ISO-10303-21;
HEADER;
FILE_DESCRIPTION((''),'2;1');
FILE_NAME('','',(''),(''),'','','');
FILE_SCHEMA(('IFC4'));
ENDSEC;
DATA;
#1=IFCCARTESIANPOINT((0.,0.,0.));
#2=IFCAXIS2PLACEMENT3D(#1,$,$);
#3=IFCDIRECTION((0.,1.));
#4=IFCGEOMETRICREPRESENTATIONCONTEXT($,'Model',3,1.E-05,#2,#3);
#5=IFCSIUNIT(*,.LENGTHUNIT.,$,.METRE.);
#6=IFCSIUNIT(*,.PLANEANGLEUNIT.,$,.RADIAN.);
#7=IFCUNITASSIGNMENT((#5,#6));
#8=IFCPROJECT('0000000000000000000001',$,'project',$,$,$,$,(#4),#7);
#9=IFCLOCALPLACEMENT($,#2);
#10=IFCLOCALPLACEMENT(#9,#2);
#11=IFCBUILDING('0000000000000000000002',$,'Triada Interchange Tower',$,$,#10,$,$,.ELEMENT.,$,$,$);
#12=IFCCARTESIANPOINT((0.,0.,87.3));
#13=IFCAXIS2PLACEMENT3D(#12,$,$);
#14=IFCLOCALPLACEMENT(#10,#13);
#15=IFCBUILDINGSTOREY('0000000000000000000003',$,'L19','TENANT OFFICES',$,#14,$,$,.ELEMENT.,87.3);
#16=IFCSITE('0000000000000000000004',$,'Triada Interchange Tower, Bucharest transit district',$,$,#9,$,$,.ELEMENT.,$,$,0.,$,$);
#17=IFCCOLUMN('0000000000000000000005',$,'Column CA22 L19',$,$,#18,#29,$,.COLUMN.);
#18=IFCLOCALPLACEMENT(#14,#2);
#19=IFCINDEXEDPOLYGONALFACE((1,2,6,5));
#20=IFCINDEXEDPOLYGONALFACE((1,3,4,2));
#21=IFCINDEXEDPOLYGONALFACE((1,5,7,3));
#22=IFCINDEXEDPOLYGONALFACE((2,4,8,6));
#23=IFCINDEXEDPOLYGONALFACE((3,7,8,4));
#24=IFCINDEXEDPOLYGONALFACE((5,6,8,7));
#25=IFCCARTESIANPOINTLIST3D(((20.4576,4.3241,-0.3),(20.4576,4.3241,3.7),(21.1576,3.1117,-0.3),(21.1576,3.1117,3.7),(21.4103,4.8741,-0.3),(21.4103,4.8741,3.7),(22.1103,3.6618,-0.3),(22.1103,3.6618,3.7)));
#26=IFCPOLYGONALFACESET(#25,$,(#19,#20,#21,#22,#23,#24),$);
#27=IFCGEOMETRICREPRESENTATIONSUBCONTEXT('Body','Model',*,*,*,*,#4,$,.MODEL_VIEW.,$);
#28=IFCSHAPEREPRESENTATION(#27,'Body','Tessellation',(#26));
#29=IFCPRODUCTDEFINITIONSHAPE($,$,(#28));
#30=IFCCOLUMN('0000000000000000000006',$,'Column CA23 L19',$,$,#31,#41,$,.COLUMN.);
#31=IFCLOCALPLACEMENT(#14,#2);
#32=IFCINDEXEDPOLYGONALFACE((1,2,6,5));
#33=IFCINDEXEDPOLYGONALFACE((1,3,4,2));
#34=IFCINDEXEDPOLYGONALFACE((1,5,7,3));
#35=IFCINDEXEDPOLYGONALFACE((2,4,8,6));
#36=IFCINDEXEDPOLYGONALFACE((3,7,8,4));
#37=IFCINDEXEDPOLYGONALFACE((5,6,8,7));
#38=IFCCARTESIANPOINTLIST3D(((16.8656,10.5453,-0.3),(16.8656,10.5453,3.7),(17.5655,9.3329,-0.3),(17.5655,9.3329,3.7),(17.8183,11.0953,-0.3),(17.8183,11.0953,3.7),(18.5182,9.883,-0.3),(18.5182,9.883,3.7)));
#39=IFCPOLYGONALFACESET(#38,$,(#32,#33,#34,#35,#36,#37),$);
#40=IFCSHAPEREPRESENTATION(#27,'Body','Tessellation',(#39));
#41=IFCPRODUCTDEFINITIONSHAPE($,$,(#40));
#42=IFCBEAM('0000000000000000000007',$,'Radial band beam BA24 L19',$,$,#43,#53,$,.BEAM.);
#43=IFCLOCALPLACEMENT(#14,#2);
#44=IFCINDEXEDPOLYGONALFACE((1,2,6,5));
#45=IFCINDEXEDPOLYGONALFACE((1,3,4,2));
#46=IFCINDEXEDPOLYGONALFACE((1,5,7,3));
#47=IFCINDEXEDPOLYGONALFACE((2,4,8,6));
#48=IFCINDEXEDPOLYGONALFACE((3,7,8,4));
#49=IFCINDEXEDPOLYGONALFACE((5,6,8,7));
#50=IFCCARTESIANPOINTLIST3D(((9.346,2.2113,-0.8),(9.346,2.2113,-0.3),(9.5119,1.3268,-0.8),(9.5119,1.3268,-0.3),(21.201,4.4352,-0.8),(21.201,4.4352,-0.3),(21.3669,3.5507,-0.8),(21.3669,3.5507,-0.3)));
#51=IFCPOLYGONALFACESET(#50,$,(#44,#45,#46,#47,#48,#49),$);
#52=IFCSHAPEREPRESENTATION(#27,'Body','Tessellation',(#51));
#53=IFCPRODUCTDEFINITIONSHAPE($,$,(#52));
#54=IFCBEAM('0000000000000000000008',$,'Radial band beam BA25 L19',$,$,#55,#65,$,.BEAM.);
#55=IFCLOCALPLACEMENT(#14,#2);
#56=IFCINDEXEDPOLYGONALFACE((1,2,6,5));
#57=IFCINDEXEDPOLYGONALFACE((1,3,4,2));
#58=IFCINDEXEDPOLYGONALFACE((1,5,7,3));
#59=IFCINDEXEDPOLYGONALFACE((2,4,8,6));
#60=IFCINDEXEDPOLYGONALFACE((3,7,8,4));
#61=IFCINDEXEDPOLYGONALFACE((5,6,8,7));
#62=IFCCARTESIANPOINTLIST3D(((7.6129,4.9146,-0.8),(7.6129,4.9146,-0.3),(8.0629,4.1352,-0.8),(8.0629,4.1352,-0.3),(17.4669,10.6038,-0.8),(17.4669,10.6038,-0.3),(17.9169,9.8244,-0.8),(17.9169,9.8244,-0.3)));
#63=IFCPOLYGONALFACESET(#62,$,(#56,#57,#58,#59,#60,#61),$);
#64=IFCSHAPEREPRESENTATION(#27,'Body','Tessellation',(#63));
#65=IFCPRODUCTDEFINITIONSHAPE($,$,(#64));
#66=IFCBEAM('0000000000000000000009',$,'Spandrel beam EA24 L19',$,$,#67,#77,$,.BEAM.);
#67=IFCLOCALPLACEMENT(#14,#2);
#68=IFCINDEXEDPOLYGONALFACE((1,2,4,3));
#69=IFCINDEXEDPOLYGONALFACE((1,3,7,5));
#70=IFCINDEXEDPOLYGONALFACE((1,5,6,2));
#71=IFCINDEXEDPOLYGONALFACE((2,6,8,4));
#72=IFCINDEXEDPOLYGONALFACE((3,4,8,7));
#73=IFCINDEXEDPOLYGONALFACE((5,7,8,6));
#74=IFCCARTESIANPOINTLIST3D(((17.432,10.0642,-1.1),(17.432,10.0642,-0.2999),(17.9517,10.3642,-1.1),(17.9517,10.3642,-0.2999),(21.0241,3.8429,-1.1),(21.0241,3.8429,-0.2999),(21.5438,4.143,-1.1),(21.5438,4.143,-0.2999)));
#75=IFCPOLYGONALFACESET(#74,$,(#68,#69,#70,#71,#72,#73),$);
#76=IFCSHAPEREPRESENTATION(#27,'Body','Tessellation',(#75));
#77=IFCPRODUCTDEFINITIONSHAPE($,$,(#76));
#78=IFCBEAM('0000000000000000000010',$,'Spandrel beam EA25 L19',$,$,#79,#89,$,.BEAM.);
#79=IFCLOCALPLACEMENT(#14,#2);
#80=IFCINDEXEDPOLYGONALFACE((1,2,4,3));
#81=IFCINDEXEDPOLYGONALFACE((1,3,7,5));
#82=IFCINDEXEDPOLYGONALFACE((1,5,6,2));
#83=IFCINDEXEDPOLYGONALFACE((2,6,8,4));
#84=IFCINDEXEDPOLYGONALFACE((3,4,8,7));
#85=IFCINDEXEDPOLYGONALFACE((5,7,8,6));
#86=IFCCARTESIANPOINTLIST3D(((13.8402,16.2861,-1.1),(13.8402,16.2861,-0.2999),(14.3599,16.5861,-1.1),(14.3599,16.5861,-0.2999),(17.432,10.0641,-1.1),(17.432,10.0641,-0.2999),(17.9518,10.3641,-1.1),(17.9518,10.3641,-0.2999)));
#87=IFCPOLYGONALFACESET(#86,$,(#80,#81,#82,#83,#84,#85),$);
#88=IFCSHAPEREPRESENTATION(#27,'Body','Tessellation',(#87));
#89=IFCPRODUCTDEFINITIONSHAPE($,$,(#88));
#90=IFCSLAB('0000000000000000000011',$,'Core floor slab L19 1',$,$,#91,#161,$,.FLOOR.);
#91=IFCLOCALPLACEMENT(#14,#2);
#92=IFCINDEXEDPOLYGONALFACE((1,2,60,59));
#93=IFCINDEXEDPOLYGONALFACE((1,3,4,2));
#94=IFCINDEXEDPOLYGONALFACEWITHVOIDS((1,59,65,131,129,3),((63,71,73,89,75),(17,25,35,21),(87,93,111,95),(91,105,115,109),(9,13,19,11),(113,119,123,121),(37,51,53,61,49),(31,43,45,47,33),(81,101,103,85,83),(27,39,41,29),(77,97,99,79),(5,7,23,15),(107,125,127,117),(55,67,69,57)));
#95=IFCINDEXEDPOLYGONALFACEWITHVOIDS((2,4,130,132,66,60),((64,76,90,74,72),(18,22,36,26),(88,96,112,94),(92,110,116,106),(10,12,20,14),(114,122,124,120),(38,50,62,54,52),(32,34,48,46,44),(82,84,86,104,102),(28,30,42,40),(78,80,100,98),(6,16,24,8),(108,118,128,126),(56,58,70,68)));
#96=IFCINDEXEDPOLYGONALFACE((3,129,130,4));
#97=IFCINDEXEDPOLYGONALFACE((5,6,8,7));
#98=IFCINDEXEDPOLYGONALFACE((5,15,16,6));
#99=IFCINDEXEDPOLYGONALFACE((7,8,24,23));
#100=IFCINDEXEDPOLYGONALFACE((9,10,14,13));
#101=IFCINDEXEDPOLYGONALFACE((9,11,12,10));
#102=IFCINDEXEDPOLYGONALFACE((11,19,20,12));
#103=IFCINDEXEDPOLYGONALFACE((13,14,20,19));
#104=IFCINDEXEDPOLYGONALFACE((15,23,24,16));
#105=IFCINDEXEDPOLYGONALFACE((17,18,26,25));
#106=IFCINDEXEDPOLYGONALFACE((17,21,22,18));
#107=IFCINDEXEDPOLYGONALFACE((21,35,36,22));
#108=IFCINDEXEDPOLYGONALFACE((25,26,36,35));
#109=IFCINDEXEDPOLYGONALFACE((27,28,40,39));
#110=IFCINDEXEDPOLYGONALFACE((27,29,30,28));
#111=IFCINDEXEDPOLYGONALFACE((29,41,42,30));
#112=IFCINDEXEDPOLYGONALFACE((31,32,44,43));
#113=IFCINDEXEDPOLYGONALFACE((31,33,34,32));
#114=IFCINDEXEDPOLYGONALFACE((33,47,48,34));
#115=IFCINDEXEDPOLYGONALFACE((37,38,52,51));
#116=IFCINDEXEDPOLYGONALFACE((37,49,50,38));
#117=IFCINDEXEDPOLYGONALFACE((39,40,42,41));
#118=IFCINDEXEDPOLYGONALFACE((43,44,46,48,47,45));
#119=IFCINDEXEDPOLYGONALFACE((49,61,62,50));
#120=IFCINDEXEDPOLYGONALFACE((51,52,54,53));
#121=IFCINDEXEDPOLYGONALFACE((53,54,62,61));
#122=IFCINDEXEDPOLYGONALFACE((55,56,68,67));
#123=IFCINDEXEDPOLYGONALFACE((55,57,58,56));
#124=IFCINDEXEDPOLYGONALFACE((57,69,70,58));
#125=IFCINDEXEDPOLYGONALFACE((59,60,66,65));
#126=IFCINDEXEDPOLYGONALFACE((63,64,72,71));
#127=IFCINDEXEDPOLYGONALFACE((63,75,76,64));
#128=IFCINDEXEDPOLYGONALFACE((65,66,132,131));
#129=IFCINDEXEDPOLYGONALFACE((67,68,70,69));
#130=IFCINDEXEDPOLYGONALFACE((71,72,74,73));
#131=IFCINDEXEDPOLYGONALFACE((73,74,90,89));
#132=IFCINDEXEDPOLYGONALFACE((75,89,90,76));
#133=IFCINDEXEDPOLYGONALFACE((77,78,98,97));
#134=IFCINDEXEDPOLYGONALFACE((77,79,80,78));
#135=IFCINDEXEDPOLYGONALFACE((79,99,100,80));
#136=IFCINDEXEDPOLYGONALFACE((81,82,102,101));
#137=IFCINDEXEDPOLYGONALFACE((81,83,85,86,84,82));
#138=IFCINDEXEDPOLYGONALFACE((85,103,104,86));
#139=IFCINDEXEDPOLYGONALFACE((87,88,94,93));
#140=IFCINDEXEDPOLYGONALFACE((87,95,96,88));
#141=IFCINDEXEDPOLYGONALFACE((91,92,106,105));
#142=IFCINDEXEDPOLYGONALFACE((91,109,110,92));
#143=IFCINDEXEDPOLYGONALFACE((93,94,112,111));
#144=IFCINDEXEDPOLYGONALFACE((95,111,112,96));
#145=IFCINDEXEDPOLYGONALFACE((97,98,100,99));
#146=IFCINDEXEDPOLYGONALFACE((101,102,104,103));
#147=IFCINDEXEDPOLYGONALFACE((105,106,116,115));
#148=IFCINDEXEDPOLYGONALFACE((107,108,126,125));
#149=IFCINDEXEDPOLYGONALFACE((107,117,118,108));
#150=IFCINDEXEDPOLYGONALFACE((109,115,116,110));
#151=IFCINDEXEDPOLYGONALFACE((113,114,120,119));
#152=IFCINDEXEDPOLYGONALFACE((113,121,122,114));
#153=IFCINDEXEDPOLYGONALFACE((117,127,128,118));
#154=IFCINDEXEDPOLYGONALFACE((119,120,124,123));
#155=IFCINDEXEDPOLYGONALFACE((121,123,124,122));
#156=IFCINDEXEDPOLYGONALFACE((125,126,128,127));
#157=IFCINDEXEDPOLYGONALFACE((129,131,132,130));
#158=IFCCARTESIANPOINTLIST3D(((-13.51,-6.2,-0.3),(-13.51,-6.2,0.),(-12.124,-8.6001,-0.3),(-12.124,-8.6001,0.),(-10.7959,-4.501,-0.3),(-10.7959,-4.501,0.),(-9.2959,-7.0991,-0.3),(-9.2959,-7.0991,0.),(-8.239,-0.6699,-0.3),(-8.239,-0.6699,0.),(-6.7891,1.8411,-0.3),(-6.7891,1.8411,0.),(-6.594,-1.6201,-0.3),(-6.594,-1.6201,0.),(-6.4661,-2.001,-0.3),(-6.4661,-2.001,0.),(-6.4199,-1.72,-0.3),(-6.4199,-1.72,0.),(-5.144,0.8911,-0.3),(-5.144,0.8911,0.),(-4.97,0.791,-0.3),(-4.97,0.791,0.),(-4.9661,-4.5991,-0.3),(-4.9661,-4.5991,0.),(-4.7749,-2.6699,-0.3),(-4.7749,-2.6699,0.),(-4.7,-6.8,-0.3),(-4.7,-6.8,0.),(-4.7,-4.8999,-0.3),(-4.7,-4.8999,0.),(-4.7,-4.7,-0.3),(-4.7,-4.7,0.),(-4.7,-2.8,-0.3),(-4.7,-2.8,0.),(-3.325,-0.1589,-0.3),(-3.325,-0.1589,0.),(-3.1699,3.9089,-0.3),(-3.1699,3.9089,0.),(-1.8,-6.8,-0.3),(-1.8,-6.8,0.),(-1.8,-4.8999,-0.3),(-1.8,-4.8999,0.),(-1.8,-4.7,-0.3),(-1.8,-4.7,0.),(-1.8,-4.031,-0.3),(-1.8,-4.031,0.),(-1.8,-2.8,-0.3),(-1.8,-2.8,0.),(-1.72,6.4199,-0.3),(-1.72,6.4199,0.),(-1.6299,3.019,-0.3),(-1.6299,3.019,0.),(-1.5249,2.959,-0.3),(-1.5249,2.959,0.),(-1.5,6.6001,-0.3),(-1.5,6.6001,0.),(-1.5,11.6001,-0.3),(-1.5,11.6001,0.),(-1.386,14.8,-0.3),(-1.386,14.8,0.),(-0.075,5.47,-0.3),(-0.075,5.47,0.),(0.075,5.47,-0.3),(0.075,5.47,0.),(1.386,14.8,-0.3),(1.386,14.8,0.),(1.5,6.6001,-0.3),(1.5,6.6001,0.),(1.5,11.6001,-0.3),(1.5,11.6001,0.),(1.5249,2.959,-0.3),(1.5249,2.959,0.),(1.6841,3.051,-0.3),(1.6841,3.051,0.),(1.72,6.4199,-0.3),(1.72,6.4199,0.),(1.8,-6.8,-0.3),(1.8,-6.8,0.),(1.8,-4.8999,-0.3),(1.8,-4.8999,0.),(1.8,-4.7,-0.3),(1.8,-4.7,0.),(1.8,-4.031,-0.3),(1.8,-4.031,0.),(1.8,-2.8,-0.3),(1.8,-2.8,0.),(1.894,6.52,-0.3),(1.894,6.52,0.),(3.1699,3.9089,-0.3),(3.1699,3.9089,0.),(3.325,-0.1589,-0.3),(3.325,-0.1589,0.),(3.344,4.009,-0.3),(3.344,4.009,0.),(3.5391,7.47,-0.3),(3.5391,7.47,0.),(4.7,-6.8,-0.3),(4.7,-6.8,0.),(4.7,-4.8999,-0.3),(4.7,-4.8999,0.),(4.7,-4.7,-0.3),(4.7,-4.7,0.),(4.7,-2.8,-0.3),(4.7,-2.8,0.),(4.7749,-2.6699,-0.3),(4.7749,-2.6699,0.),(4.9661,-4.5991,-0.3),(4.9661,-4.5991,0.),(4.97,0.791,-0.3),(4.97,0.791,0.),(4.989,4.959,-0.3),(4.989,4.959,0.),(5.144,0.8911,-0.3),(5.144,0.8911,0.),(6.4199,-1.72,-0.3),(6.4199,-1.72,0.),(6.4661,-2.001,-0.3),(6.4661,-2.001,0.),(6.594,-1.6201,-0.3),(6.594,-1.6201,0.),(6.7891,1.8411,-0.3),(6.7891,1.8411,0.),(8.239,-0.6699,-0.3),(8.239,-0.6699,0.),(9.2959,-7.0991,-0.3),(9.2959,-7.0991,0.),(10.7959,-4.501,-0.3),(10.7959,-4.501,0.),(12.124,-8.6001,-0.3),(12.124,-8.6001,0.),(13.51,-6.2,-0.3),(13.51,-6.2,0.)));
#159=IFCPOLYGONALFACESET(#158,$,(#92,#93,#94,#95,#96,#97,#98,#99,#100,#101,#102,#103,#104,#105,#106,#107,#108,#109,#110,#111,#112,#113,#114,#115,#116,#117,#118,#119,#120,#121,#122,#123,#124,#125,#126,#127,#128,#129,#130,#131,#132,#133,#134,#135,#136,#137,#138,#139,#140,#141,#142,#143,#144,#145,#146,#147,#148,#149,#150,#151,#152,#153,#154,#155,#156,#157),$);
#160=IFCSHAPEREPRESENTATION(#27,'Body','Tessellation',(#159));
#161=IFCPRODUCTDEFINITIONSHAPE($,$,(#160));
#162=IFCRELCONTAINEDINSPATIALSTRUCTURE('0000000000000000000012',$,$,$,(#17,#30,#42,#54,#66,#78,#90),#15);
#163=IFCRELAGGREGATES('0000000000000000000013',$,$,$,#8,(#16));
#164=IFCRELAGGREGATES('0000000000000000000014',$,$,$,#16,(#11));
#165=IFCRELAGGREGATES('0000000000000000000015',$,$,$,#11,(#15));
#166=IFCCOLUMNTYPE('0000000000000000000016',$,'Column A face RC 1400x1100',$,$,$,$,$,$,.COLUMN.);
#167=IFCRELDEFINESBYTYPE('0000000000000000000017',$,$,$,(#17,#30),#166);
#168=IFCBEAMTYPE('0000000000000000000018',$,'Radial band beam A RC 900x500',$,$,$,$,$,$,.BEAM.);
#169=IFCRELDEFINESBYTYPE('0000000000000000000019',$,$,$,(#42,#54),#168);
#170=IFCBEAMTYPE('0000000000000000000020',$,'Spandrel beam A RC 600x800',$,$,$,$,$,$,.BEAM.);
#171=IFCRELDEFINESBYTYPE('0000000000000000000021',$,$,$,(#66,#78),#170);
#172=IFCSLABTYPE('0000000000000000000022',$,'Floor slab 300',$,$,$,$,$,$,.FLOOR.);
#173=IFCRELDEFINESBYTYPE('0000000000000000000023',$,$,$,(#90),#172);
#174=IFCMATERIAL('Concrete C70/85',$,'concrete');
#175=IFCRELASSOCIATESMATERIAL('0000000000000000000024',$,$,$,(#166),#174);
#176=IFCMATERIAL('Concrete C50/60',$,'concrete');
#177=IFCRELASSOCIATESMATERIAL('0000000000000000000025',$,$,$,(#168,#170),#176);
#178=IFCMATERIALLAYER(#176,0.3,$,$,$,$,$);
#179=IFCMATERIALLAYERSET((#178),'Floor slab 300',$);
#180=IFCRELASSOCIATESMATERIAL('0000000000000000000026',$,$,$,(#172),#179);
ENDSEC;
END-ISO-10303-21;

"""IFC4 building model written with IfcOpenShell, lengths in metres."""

from ifc_helpers import new_model, si_unit, direction, frame, origin, origin_2d, place, context, subcontext, project, spatial, polyline, rectangle, outline, extrude, material, layer, layer_set, material_profile, profile_set, type_object, element, save


model = new_model("IFC4")

# Units and contexts
model_context = context("Model", 3, precision=1e-05, world=origin(), true_north=direction((0.0, 1.0)))
body_context = subcontext(model_context, "Body", "Model", "MODEL_VIEW")
ifc_project = project(units=[si_unit("LENGTHUNIT", "METRE"), si_unit("PLANEANGLEUNIT", "RADIAN")], contexts=[model_context])

# Site, building, storey
site_placement = place(None, origin())
site = spatial("IfcSite", under=ifc_project, at=site_placement, Name="Triada Interchange Tower, Bucharest transit district", CompositionType="ELEMENT", RefElevation=0.0)
building_placement = place(site_placement, origin())
building = spatial("IfcBuilding", under=site, at=building_placement, Name="Triada Interchange Tower", CompositionType="ELEMENT")
storey_placement = place(building_placement, frame((0.0, 0.0, 87.3)))
storey = spatial("IfcBuildingStorey", under=building, at=storey_placement, Name="L19", Description="TENANT OFFICES", CompositionType="ELEMENT", Elevation=87.3)

# Columns
ifc_material_1 = material(Name="Concrete C70/85", Category="concrete")
ifc_material_profile_1 = material_profile(ifc_material_1, rectangle(XDim=1.3999, YDim=1.1001, at=origin_2d()), Name="RC 1400x1100")
ifc_profile_set_1 = profile_set([ifc_material_profile_1], Name="Concrete C70/85")
column_type = type_object("IfcColumnType", Name="Column A face RC 1400x1100", PredefinedType="COLUMN", material=ifc_profile_set_1)
for number, where, z_axis, x_axis, name in (
    (1, (21.2839, 3.9929, -0.3), (0.0, 0.0, 1.0), (-0.5, 0.866025, 0.0), "Column CA22 L19"),
    (2, (17.6919, 10.2141, -0.3), (0.0, 0.0, 1.0), (-0.5, 0.866025, 0.0), "Column CA23 L19"),
):
    element("IfcColumn", number, at=place(storey_placement, frame(where, z_axis=z_axis, x_axis=x_axis)), inside=storey, type_object=column_type, Name=name, PredefinedType="COLUMN", context=body_context, shape_type="SweptSolid", body=[
        extrude(rectangle(XDim=1.3999, YDim=1.1001, at=origin_2d()), origin(), (0.0, 0.0, 1.0), 4.0),
    ])

# Beams
ifc_material_2 = material(Name="Concrete C50/60", Category="concrete")
ifc_material_profile_2 = material_profile(ifc_material_2, rectangle(XDim=0.8999, YDim=0.5, at=origin_2d()), Name="RC 900x500")
ifc_profile_set_2 = profile_set([ifc_material_profile_2], Name="Concrete C50/60")
beam_type_1 = type_object("IfcBeamType", Name="Radial band beam A RC 900x500", PredefinedType="BEAM", material=ifc_profile_set_2)
beam_1_placement = place(storey_placement, frame((21.2839, 3.9929, -0.55), z_axis=(-0.982856, -0.184374, 0.0), x_axis=(0.184374, -0.982856, 0.0)))
element("IfcBeam", 3, at=beam_1_placement, inside=storey, type_object=beam_type_1, Name="Radial band beam BA24 L19", PredefinedType="BEAM", context=body_context, shape_type="SweptSolid", body=[
    extrude(rectangle(XDim=0.8999, YDim=0.5, at=origin_2d()), origin(), (0.0, 0.0, 1.0), 12.0618),
])
beam_2_placement = place(storey_placement, frame((17.6919, 10.2141, -0.55), z_axis=(-0.866026, -0.5, 0.0), x_axis=(0.5, -0.866026, 0.0)))
element("IfcBeam", 4, at=beam_2_placement, inside=storey, type_object=beam_type_1, Name="Radial band beam BA25 L19", PredefinedType="BEAM", context=body_context, shape_type="SweptSolid", body=[
    extrude(rectangle(XDim=0.8999, YDim=0.5, at=origin_2d()), origin(), (0.0, 0.0, 1.0), 11.3784),
])
ifc_material_profile_3 = material_profile(ifc_material_2, rectangle(XDim=0.6001, YDim=0.8, at=origin_2d()), Name="RC 600x800")
ifc_profile_set_3 = profile_set([ifc_material_profile_3], Name="Concrete C50/60")
beam_type_2 = type_object("IfcBeamType", Name="Spandrel beam A RC 600x800", PredefinedType="BEAM", material=ifc_profile_set_3)
beam_3_placement = place(storey_placement, frame((21.2839, 3.9929, -0.7), z_axis=(-0.500024, 0.866011, 0.0), x_axis=(-0.866011, -0.500024, 0.0)))
element("IfcBeam", 5, at=beam_3_placement, inside=storey, type_object=beam_type_2, Name="Spandrel beam EA24 L19", PredefinedType="BEAM", context=body_context, shape_type="SweptSolid", body=[
    extrude(rectangle(XDim=0.6001, YDim=0.8, at=origin_2d()), origin(), (0.0, 0.0, 1.0), 7.1838),
])
beam_4_placement = place(storey_placement, frame((17.6919, 10.2141, -0.7), z_axis=(-0.499955, 0.866051, 0.0), x_axis=(-0.866051, -0.499955, 0.0)))
element("IfcBeam", 6, at=beam_4_placement, inside=storey, type_object=beam_type_2, Name="Spandrel beam EA25 L19", PredefinedType="BEAM", context=body_context, shape_type="SweptSolid", body=[
    extrude(rectangle(XDim=0.6001, YDim=0.8, at=origin_2d()), origin(), (0.0, 0.0, 1.0), 7.1843),
])

# Slab
ifc_layer_1 = layer(ifc_material_2, 0.3)
ifc_layer_set_1 = layer_set([ifc_layer_1], Name="Floor slab 300")
slab_type = type_object("IfcSlabType", Name="Floor slab 300", PredefinedType="FLOOR", material=ifc_layer_set_1)
slab_placement = place(storey_placement, frame((0.0, 0.0, -0.3)))
element("IfcSlab", 7, at=slab_placement, inside=storey, type_object=slab_type, Name="Core floor slab L19 1", PredefinedType="FLOOR", context=body_context, shape_type="SweptSolid", body=[
    extrude(outline(polyline([(13.51, -6.2), (12.124, -8.6001), (-12.124, -8.6001), (-13.51, -6.2), (-1.386, 14.8), (1.386, 14.8), (13.51, -6.2)]), holes=[polyline([(9.2959, -7.0991), (10.7959, -4.501), (6.4661, -2.001), (4.9661, -4.5991), (9.2959, -7.0991)]), polyline([(6.7891, 1.8411), (5.144, 0.8911), (6.594, -1.6201), (8.239, -0.6699), (6.7891, 1.8411)]), polyline([(4.97, 0.791), (3.325, -0.1589), (4.7749, -2.6699), (6.4199, -1.72), (4.97, 0.791)]), polyline([(1.894, 6.52), (3.344, 4.009), (4.989, 4.959), (3.5391, 7.47), (1.894, 6.52)]), polyline([(1.8, -4.8999), (1.8, -6.8), (4.7, -6.8), (4.7, -4.8999), (1.8, -4.8999)]), polyline([(1.8, -2.8), (1.8, -4.031), (1.8, -4.7), (4.7, -4.7), (4.7, -2.8), (1.8, -2.8)]), polyline([(1.5249, 2.959), (1.6841, 3.051), (3.1699, 3.9089), (1.72, 6.4199), (0.075, 5.47), (1.5249, 2.959)]), polyline([(1.5, 11.6001), (-1.5, 11.6001), (-1.5, 6.6001), (1.5, 6.6001), (1.5, 11.6001)]), polyline([(-0.075, 5.47), (-1.72, 6.4199), (-3.1699, 3.9089), (-1.6299, 3.019), (-1.5249, 2.959), (-0.075, 5.47)]), polyline([(-4.7, -2.8), (-4.7, -4.7), (-1.8, -4.7), (-1.8, -4.031), (-1.8, -2.8), (-4.7, -2.8)]), polyline([(-4.7, -4.8999), (-4.7, -6.8), (-1.8, -6.8), (-1.8, -4.8999), (-4.7, -4.8999)]), polyline([(-4.7749, -2.6699), (-3.325, -0.1589), (-4.97, 0.791), (-6.4199, -1.72), (-4.7749, -2.6699)]), polyline([(-10.7959, -4.501), (-9.2959, -7.0991), (-4.9661, -4.5991), (-6.4661, -2.001), (-10.7959, -4.501)]), polyline([(-6.594, -1.6201), (-5.144, 0.8911), (-6.7891, 1.8411), (-8.239, -0.6699), (-6.594, -1.6201)])]), origin(), (0.0, 0.0, 1.0), 0.3),
])

save(model, "model.ifc")
